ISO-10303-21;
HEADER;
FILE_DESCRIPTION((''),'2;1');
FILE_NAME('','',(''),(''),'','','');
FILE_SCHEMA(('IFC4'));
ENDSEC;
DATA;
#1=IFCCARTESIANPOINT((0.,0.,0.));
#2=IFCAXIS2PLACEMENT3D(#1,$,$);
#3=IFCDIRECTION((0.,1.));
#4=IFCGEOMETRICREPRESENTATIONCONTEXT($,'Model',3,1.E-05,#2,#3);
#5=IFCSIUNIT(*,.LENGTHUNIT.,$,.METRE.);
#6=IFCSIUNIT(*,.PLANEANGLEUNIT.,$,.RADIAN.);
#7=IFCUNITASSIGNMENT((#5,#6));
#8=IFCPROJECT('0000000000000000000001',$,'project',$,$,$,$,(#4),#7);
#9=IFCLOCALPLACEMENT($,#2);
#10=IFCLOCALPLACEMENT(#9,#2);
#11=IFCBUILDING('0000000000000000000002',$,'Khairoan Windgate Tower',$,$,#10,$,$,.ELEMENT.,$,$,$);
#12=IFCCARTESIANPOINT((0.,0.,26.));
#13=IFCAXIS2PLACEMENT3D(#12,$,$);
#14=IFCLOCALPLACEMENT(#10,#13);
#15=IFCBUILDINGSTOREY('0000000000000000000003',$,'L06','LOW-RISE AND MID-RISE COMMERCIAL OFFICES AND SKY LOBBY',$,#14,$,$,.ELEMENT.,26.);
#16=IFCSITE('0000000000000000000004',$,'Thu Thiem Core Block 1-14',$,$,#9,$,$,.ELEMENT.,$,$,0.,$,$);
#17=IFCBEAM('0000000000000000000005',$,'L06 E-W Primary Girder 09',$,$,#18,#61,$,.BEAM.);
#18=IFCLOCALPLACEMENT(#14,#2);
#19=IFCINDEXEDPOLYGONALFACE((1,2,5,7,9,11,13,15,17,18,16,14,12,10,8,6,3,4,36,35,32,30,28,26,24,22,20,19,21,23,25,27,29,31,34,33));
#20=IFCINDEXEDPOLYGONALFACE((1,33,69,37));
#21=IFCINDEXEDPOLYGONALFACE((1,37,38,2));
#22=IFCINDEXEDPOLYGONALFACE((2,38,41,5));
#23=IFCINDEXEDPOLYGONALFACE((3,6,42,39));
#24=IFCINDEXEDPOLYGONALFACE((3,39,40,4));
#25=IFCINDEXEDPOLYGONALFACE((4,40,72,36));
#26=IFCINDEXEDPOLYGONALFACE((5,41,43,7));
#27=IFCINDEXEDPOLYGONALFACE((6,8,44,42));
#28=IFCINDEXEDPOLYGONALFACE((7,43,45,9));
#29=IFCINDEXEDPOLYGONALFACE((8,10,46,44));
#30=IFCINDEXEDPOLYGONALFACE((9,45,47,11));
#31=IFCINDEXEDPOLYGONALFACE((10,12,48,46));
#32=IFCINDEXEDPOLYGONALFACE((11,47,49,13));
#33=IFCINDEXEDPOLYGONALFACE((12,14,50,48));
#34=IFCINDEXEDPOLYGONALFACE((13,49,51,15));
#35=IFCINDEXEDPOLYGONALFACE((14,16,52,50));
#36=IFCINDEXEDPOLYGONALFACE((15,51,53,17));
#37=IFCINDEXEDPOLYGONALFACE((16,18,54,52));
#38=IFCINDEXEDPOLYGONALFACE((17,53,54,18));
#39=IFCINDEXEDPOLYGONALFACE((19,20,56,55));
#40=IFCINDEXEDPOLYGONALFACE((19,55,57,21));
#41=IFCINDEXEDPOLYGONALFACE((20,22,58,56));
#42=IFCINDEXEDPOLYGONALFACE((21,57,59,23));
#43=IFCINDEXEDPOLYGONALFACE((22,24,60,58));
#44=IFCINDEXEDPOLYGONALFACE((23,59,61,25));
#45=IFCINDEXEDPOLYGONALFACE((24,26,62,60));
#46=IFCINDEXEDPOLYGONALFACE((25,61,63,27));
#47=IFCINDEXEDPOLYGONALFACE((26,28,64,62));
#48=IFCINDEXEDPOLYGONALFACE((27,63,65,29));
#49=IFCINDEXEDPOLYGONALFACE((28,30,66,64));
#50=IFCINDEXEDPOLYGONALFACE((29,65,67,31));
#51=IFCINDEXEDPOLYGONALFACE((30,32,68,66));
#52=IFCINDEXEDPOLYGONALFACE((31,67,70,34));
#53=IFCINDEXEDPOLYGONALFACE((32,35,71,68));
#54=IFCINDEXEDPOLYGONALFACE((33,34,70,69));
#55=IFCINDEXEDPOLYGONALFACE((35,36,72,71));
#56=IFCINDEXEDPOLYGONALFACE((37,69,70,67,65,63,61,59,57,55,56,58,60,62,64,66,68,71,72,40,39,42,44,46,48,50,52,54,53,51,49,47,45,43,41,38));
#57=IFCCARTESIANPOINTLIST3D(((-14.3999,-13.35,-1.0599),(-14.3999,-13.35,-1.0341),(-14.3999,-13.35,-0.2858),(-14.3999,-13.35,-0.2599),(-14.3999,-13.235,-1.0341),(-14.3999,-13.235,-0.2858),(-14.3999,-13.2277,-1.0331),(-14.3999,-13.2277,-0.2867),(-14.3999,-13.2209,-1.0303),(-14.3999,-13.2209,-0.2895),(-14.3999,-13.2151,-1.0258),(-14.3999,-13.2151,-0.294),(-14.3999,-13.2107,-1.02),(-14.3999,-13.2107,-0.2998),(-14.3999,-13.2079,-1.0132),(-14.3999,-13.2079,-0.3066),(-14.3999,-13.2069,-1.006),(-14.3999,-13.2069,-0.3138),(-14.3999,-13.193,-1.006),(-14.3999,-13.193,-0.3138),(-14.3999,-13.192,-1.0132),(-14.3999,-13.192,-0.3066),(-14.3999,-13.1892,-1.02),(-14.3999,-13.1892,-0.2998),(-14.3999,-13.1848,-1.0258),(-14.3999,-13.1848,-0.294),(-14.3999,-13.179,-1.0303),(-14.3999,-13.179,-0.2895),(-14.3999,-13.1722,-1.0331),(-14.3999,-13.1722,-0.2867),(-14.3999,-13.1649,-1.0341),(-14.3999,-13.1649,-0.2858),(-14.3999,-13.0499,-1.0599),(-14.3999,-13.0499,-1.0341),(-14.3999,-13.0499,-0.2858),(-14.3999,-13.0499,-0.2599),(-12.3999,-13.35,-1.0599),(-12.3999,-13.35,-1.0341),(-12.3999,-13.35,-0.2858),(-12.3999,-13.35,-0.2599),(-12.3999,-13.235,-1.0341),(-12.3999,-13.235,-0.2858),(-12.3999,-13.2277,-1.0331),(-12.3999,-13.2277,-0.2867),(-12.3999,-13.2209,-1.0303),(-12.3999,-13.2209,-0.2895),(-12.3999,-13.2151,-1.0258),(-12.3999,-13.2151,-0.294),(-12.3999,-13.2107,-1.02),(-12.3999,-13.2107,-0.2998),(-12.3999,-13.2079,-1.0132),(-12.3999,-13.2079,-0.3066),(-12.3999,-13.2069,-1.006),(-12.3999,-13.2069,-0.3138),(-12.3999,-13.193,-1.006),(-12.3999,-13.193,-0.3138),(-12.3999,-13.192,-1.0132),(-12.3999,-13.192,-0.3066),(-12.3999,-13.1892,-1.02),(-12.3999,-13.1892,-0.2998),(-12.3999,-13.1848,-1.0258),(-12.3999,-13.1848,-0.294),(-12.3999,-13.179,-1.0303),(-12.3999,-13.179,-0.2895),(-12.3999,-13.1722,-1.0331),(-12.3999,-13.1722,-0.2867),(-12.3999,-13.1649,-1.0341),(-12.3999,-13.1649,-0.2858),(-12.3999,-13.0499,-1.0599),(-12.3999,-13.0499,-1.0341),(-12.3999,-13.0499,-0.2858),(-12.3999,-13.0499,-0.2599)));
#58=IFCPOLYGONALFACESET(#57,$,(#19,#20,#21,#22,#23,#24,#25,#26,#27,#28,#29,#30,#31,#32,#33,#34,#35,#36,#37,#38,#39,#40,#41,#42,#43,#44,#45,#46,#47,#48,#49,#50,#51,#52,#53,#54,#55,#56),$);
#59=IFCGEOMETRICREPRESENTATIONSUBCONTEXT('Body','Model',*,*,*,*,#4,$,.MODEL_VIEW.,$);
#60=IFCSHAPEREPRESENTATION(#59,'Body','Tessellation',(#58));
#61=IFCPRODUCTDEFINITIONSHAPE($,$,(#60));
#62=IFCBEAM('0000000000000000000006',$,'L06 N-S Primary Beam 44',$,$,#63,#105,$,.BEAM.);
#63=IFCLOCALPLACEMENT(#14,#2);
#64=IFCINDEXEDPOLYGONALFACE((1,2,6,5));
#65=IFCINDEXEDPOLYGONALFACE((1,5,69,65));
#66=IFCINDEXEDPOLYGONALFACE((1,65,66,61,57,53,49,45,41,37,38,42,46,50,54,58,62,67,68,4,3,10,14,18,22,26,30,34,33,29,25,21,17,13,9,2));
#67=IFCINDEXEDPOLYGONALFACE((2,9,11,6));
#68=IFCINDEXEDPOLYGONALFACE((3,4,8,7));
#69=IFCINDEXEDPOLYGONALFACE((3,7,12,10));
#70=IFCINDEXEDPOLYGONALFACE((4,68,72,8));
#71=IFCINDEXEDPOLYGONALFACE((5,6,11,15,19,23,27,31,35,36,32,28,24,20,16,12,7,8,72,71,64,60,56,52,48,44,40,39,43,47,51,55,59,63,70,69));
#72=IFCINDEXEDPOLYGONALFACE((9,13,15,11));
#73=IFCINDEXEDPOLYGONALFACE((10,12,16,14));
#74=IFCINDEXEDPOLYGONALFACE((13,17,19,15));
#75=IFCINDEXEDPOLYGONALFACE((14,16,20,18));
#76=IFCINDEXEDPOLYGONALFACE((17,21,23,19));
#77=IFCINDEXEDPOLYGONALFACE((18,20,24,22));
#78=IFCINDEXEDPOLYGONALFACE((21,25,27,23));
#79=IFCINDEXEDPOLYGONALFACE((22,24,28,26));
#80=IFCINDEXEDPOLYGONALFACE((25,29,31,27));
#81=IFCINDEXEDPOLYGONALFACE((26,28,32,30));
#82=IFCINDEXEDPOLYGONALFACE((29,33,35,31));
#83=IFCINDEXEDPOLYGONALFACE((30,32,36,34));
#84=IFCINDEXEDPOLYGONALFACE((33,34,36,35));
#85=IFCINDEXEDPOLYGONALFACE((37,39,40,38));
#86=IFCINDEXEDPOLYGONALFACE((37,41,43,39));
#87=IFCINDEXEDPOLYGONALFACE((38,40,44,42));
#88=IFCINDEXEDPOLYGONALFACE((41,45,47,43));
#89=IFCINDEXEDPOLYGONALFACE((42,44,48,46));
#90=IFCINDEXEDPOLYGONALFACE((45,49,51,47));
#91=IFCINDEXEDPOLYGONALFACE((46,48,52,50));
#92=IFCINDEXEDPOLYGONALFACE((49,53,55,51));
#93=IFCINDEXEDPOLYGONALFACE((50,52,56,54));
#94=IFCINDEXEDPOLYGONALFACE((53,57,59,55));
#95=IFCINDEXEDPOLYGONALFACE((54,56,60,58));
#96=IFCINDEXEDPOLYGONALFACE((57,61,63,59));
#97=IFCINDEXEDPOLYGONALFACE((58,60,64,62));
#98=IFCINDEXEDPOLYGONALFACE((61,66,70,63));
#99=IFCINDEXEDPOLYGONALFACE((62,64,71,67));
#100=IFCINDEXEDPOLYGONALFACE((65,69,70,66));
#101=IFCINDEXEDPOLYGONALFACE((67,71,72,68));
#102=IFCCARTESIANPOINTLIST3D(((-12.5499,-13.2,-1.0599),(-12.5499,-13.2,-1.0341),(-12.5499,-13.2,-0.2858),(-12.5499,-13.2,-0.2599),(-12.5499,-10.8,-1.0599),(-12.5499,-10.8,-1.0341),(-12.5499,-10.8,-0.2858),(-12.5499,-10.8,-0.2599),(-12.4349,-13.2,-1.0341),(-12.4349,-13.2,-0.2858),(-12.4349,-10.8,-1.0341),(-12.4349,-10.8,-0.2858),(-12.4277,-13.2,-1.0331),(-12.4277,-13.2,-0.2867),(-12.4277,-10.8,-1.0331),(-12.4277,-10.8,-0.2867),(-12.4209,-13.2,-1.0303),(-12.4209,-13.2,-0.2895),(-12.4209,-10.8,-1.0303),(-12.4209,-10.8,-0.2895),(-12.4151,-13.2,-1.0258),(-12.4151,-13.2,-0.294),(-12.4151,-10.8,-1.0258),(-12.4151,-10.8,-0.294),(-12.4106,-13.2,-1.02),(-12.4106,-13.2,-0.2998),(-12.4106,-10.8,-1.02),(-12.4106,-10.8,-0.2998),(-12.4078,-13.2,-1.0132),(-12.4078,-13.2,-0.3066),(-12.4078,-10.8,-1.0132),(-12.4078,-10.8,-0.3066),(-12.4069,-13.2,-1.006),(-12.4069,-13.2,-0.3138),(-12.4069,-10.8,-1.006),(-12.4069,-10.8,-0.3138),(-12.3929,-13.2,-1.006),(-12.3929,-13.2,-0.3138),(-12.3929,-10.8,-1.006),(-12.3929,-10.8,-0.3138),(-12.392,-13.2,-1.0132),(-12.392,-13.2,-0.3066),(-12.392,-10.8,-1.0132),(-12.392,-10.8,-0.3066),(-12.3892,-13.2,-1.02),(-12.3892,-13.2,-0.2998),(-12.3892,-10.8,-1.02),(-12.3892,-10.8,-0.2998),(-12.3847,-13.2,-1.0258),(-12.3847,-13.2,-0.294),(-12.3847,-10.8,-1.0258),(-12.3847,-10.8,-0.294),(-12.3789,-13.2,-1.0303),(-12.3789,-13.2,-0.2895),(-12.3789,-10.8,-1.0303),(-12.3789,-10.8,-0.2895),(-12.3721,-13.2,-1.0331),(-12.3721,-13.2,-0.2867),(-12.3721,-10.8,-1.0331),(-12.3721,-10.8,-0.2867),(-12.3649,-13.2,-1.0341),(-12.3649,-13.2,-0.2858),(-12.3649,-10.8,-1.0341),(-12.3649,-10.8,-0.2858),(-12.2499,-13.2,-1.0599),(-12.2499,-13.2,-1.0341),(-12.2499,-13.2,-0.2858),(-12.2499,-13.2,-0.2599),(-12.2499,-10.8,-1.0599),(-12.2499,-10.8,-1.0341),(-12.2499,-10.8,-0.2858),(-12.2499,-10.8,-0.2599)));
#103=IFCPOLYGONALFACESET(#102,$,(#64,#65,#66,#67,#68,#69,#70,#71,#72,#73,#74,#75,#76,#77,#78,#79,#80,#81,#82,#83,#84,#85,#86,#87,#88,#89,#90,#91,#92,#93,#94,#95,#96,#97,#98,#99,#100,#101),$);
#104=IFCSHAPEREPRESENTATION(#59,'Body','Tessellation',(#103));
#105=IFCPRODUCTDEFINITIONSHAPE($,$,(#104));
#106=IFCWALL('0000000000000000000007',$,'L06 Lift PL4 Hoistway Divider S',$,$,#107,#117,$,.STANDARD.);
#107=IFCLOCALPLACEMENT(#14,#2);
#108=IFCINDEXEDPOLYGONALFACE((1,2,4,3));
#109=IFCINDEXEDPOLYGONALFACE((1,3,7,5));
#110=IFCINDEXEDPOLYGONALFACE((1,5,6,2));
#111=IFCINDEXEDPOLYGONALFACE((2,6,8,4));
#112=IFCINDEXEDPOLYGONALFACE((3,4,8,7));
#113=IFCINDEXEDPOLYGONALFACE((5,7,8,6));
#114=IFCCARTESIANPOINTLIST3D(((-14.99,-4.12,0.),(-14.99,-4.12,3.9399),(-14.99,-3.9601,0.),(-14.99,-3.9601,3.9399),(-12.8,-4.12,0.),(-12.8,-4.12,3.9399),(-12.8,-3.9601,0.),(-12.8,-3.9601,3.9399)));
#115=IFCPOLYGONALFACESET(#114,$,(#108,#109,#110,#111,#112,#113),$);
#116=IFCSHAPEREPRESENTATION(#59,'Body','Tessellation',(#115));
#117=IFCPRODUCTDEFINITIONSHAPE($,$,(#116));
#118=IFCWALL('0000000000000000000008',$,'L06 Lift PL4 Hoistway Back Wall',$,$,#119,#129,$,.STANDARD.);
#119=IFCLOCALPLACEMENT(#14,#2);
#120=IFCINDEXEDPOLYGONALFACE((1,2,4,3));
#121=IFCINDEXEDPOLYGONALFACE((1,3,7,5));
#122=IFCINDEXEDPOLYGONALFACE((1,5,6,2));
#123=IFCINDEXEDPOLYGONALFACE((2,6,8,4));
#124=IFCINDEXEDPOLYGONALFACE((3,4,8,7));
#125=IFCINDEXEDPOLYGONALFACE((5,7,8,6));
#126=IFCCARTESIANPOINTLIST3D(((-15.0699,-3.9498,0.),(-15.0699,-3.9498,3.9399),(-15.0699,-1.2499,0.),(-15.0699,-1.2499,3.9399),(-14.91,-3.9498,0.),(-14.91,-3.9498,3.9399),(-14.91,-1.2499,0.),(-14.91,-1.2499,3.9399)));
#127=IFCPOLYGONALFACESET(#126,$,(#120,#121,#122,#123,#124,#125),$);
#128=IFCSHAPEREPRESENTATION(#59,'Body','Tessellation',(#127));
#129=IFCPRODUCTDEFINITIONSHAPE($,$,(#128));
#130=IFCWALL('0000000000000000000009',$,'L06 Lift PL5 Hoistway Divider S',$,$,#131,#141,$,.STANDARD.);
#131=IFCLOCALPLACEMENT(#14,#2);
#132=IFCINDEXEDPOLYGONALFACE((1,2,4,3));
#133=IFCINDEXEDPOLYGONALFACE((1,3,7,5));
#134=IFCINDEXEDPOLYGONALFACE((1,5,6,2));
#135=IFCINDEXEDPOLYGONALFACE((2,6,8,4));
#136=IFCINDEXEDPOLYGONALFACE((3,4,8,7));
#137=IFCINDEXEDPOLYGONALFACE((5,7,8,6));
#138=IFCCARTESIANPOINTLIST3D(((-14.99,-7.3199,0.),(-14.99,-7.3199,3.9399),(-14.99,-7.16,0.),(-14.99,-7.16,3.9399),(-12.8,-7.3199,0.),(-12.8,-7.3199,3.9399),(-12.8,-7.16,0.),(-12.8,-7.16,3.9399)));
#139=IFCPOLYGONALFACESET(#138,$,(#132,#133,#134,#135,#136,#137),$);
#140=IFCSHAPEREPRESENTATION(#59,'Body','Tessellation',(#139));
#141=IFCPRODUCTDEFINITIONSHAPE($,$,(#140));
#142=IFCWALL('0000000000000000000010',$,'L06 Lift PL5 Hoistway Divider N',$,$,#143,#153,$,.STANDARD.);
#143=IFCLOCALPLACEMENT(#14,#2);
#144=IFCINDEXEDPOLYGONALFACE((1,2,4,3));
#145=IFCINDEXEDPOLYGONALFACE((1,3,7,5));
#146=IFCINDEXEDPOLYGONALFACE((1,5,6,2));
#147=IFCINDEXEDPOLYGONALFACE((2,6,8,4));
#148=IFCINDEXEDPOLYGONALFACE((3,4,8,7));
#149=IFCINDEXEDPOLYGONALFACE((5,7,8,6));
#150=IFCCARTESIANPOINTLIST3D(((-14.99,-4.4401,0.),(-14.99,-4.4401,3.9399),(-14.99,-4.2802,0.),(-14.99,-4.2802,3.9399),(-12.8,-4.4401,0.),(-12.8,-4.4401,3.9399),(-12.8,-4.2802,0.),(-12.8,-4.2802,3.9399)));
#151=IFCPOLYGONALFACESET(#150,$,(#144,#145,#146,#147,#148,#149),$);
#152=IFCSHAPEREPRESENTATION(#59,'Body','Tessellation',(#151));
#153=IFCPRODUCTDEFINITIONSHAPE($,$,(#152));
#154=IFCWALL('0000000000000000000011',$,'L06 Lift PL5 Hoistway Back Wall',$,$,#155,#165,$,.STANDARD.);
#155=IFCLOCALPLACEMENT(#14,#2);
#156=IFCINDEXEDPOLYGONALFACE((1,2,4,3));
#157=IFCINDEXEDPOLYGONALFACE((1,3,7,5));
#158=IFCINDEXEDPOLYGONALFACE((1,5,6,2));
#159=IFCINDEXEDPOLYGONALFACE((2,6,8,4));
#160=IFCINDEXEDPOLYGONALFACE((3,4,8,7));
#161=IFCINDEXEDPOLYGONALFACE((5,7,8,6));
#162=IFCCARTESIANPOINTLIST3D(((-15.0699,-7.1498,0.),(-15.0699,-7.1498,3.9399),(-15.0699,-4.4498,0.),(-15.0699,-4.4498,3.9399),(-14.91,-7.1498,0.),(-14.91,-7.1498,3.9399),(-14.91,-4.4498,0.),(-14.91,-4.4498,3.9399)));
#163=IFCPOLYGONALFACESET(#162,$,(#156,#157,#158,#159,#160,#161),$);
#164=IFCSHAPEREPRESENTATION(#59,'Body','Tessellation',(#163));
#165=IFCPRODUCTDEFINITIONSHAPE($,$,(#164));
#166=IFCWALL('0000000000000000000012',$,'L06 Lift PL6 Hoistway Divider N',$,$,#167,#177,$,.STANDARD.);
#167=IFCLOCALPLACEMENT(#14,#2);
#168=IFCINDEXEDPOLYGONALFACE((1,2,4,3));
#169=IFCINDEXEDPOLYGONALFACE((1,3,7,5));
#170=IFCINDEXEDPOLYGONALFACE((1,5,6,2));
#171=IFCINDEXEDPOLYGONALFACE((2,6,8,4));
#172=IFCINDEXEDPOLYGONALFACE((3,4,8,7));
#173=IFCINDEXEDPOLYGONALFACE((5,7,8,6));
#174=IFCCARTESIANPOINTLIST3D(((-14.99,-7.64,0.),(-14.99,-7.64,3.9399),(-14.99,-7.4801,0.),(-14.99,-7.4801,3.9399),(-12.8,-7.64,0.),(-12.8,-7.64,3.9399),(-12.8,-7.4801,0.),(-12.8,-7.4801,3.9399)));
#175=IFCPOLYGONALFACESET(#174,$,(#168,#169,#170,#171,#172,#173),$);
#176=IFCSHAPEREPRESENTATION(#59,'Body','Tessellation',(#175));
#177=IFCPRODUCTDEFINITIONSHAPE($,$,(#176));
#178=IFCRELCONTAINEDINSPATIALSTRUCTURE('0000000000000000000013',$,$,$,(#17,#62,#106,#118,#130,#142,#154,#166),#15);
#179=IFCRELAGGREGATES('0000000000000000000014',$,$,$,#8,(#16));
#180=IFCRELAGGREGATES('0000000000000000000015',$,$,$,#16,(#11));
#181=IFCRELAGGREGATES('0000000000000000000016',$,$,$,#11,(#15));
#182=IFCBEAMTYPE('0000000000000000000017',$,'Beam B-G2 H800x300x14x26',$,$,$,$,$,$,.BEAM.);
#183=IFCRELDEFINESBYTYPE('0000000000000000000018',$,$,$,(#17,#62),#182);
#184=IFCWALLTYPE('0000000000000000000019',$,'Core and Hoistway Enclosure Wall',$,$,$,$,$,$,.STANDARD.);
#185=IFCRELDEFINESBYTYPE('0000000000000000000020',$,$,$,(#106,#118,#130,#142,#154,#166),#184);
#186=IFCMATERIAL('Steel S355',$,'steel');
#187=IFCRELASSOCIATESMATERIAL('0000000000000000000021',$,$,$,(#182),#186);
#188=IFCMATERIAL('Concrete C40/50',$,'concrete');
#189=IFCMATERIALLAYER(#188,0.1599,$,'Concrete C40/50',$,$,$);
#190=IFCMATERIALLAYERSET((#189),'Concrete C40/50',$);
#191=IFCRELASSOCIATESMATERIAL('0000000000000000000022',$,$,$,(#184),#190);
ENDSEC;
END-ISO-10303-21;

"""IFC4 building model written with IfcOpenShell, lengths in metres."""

from ifc_helpers import new_model, si_unit, direction, frame, frame_2d, origin, origin_2d, place, context, subcontext, project, spatial, rectangle, i_section, extrude, material, layer, layer_set, material_profile, profile_set, type_object, element, save


model = new_model("IFC4")

# Units and contexts
model_context = context("Model", 3, precision=1e-05, world=origin(), true_north=direction((0.0, 1.0)))
body_context = subcontext(model_context, "Body", "Model", "MODEL_VIEW")
ifc_project = project(units=[si_unit("LENGTHUNIT", "METRE"), si_unit("PLANEANGLEUNIT", "RADIAN")], contexts=[model_context])

# Site, building, storey
site_placement = place(None, origin())
site = spatial("IfcSite", under=ifc_project, at=site_placement, Name="Thu Thiem Core Block 1-14", CompositionType="ELEMENT", RefElevation=0.0)
building_placement = place(site_placement, origin())
building = spatial("IfcBuilding", under=site, at=building_placement, Name="Khairoan Windgate Tower", CompositionType="ELEMENT")
storey_placement = place(building_placement, frame((0.0, 0.0, 26.0)))
storey = spatial("IfcBuildingStorey", under=building, at=storey_placement, Name="L06", Description="LOW-RISE AND MID-RISE COMMERCIAL OFFICES AND SKY LOBBY", CompositionType="ELEMENT", Elevation=26.0)

# Beams
ifc_material_1 = material(Name="Steel S355", Category="steel")
ifc_material_profile = material_profile(ifc_material_1, i_section(OverallWidth=0.3, OverallDepth=0.8, WebThickness=0.0139, FlangeThickness=0.0259, FilletRadius=0.0281, at=origin_2d()))
ifc_profile_set = profile_set([ifc_material_profile], Name="Steel S355")
beam_type = type_object("IfcBeamType", Name="Beam B-G2 H800x300x14x26", PredefinedType="BEAM", material=ifc_profile_set)
beam_1_placement = place(storey_placement, frame((-14.3999, -13.2, -0.6599), z_axis=(1.0, 0.0, 0.0), x_axis=(0.0, 1.0, 0.0)))
element("IfcBeam", 1, at=beam_1_placement, inside=storey, type_object=beam_type, Name="L06 E-W Primary Girder 09", PredefinedType="BEAM", context=body_context, shape_type="SweptSolid", body=[
    extrude(i_section(OverallWidth=0.3, OverallDepth=0.8, WebThickness=0.0139, FlangeThickness=0.0259, FilletRadius=0.0281, at=origin_2d()), origin(), (0.0, 0.0, 1.0), 2.0),
])
beam_2_placement = place(storey_placement, frame((-12.3999, -13.2, -0.6599), z_axis=(0.0, 1.0, 0.0), x_axis=(-1.0, 0.0, 0.0)))
element("IfcBeam", 2, at=beam_2_placement, inside=storey, type_object=beam_type, Name="L06 N-S Primary Beam 44", PredefinedType="BEAM", context=body_context, shape_type="SweptSolid", body=[
    extrude(i_section(OverallWidth=0.3, OverallDepth=0.8, WebThickness=0.0139, FlangeThickness=0.0259, FilletRadius=0.0281, at=origin_2d()), origin(), (0.0, 0.0, 1.0), 2.3999),
])

# Walls
ifc_material_2 = material(Name="Concrete C40/50", Category="concrete")
ifc_layer_1 = layer(ifc_material_2, 0.1599, Name="Concrete C40/50")
ifc_layer_set_1 = layer_set([ifc_layer_1], Name="Concrete C40/50")
wall_type_1 = type_object("IfcWallType", Name="Core and Hoistway Enclosure Wall", PredefinedType="STANDARD", material=ifc_layer_set_1)
wall_1_placement = place(storey_placement, frame((-14.99, -4.04, 0.0), z_axis=(0.0, 0.0, 1.0), x_axis=(1.0, 0.0, 0.0)))
element("IfcWall", 3, at=wall_1_placement, inside=storey, type_object=wall_type_1, Name="L06 Lift PL4 Hoistway Divider S", PredefinedType="STANDARD", context=body_context, shape_type="SweptSolid", body=[
    extrude(rectangle(XDim=2.1899, YDim=0.1599, at=frame_2d((1.095, 0.0))), origin(), (0.0, 0.0, 1.0), 3.9399),
])
wall_2_placement = place(storey_placement, frame((-14.99, -3.95, 0.0), z_axis=(0.0, 0.0, 1.0), x_axis=(0.0, 1.0, 0.0)))
element("IfcWall", 4, at=wall_2_placement, inside=storey, type_object=wall_type_1, Name="L06 Lift PL4 Hoistway Back Wall", PredefinedType="STANDARD", context=body_context, shape_type="SweptSolid", body=[
    extrude(rectangle(XDim=2.7, YDim=0.1599, at=frame_2d((1.3501, 0.0))), origin(), (0.0, 0.0, 1.0), 3.9399),
])
for number, where, z_axis, x_axis, name in (
    (5, (-14.99, -7.24, 0.0), (0.0, 0.0, 1.0), (1.0, 0.0, 0.0), "L06 Lift PL5 Hoistway Divider S"),
    (6, (-14.99, -4.3601, 0.0), (0.0, 0.0, 1.0), (1.0, 0.0, 0.0), "L06 Lift PL5 Hoistway Divider N"),
):
    element("IfcWall", number, at=place(storey_placement, frame(where, z_axis=z_axis, x_axis=x_axis)), inside=storey, type_object=wall_type_1, Name=name, PredefinedType="STANDARD", context=body_context, shape_type="SweptSolid", body=[
        extrude(rectangle(XDim=2.1899, YDim=0.1599, at=frame_2d((1.095, 0.0))), origin(), (0.0, 0.0, 1.0), 3.9399),
    ])
wall_3_placement = place(storey_placement, frame((-14.99, -7.1499, 0.0), z_axis=(0.0, 0.0, 1.0), x_axis=(0.0, 1.0, 0.0)))
element("IfcWall", 7, at=wall_3_placement, inside=storey, type_object=wall_type_1, Name="L06 Lift PL5 Hoistway Back Wall", PredefinedType="STANDARD", context=body_context, shape_type="SweptSolid", body=[
    extrude(rectangle(XDim=2.7, YDim=0.1599, at=frame_2d((1.3501, 0.0))), origin(), (0.0, 0.0, 1.0), 3.9399),
])
wall_4_placement = place(storey_placement, frame((-14.99, -7.5601, 0.0), z_axis=(0.0, 0.0, 1.0), x_axis=(1.0, 0.0, 0.0)))
element("IfcWall", 8, at=wall_4_placement, inside=storey, type_object=wall_type_1, Name="L06 Lift PL6 Hoistway Divider N", PredefinedType="STANDARD", context=body_context, shape_type="SweptSolid", body=[
    extrude(rectangle(XDim=2.1899, YDim=0.1599, at=frame_2d((1.095, 0.0))), origin(), (0.0, 0.0, 1.0), 3.9399),
])

save(model, "model.ifc")
